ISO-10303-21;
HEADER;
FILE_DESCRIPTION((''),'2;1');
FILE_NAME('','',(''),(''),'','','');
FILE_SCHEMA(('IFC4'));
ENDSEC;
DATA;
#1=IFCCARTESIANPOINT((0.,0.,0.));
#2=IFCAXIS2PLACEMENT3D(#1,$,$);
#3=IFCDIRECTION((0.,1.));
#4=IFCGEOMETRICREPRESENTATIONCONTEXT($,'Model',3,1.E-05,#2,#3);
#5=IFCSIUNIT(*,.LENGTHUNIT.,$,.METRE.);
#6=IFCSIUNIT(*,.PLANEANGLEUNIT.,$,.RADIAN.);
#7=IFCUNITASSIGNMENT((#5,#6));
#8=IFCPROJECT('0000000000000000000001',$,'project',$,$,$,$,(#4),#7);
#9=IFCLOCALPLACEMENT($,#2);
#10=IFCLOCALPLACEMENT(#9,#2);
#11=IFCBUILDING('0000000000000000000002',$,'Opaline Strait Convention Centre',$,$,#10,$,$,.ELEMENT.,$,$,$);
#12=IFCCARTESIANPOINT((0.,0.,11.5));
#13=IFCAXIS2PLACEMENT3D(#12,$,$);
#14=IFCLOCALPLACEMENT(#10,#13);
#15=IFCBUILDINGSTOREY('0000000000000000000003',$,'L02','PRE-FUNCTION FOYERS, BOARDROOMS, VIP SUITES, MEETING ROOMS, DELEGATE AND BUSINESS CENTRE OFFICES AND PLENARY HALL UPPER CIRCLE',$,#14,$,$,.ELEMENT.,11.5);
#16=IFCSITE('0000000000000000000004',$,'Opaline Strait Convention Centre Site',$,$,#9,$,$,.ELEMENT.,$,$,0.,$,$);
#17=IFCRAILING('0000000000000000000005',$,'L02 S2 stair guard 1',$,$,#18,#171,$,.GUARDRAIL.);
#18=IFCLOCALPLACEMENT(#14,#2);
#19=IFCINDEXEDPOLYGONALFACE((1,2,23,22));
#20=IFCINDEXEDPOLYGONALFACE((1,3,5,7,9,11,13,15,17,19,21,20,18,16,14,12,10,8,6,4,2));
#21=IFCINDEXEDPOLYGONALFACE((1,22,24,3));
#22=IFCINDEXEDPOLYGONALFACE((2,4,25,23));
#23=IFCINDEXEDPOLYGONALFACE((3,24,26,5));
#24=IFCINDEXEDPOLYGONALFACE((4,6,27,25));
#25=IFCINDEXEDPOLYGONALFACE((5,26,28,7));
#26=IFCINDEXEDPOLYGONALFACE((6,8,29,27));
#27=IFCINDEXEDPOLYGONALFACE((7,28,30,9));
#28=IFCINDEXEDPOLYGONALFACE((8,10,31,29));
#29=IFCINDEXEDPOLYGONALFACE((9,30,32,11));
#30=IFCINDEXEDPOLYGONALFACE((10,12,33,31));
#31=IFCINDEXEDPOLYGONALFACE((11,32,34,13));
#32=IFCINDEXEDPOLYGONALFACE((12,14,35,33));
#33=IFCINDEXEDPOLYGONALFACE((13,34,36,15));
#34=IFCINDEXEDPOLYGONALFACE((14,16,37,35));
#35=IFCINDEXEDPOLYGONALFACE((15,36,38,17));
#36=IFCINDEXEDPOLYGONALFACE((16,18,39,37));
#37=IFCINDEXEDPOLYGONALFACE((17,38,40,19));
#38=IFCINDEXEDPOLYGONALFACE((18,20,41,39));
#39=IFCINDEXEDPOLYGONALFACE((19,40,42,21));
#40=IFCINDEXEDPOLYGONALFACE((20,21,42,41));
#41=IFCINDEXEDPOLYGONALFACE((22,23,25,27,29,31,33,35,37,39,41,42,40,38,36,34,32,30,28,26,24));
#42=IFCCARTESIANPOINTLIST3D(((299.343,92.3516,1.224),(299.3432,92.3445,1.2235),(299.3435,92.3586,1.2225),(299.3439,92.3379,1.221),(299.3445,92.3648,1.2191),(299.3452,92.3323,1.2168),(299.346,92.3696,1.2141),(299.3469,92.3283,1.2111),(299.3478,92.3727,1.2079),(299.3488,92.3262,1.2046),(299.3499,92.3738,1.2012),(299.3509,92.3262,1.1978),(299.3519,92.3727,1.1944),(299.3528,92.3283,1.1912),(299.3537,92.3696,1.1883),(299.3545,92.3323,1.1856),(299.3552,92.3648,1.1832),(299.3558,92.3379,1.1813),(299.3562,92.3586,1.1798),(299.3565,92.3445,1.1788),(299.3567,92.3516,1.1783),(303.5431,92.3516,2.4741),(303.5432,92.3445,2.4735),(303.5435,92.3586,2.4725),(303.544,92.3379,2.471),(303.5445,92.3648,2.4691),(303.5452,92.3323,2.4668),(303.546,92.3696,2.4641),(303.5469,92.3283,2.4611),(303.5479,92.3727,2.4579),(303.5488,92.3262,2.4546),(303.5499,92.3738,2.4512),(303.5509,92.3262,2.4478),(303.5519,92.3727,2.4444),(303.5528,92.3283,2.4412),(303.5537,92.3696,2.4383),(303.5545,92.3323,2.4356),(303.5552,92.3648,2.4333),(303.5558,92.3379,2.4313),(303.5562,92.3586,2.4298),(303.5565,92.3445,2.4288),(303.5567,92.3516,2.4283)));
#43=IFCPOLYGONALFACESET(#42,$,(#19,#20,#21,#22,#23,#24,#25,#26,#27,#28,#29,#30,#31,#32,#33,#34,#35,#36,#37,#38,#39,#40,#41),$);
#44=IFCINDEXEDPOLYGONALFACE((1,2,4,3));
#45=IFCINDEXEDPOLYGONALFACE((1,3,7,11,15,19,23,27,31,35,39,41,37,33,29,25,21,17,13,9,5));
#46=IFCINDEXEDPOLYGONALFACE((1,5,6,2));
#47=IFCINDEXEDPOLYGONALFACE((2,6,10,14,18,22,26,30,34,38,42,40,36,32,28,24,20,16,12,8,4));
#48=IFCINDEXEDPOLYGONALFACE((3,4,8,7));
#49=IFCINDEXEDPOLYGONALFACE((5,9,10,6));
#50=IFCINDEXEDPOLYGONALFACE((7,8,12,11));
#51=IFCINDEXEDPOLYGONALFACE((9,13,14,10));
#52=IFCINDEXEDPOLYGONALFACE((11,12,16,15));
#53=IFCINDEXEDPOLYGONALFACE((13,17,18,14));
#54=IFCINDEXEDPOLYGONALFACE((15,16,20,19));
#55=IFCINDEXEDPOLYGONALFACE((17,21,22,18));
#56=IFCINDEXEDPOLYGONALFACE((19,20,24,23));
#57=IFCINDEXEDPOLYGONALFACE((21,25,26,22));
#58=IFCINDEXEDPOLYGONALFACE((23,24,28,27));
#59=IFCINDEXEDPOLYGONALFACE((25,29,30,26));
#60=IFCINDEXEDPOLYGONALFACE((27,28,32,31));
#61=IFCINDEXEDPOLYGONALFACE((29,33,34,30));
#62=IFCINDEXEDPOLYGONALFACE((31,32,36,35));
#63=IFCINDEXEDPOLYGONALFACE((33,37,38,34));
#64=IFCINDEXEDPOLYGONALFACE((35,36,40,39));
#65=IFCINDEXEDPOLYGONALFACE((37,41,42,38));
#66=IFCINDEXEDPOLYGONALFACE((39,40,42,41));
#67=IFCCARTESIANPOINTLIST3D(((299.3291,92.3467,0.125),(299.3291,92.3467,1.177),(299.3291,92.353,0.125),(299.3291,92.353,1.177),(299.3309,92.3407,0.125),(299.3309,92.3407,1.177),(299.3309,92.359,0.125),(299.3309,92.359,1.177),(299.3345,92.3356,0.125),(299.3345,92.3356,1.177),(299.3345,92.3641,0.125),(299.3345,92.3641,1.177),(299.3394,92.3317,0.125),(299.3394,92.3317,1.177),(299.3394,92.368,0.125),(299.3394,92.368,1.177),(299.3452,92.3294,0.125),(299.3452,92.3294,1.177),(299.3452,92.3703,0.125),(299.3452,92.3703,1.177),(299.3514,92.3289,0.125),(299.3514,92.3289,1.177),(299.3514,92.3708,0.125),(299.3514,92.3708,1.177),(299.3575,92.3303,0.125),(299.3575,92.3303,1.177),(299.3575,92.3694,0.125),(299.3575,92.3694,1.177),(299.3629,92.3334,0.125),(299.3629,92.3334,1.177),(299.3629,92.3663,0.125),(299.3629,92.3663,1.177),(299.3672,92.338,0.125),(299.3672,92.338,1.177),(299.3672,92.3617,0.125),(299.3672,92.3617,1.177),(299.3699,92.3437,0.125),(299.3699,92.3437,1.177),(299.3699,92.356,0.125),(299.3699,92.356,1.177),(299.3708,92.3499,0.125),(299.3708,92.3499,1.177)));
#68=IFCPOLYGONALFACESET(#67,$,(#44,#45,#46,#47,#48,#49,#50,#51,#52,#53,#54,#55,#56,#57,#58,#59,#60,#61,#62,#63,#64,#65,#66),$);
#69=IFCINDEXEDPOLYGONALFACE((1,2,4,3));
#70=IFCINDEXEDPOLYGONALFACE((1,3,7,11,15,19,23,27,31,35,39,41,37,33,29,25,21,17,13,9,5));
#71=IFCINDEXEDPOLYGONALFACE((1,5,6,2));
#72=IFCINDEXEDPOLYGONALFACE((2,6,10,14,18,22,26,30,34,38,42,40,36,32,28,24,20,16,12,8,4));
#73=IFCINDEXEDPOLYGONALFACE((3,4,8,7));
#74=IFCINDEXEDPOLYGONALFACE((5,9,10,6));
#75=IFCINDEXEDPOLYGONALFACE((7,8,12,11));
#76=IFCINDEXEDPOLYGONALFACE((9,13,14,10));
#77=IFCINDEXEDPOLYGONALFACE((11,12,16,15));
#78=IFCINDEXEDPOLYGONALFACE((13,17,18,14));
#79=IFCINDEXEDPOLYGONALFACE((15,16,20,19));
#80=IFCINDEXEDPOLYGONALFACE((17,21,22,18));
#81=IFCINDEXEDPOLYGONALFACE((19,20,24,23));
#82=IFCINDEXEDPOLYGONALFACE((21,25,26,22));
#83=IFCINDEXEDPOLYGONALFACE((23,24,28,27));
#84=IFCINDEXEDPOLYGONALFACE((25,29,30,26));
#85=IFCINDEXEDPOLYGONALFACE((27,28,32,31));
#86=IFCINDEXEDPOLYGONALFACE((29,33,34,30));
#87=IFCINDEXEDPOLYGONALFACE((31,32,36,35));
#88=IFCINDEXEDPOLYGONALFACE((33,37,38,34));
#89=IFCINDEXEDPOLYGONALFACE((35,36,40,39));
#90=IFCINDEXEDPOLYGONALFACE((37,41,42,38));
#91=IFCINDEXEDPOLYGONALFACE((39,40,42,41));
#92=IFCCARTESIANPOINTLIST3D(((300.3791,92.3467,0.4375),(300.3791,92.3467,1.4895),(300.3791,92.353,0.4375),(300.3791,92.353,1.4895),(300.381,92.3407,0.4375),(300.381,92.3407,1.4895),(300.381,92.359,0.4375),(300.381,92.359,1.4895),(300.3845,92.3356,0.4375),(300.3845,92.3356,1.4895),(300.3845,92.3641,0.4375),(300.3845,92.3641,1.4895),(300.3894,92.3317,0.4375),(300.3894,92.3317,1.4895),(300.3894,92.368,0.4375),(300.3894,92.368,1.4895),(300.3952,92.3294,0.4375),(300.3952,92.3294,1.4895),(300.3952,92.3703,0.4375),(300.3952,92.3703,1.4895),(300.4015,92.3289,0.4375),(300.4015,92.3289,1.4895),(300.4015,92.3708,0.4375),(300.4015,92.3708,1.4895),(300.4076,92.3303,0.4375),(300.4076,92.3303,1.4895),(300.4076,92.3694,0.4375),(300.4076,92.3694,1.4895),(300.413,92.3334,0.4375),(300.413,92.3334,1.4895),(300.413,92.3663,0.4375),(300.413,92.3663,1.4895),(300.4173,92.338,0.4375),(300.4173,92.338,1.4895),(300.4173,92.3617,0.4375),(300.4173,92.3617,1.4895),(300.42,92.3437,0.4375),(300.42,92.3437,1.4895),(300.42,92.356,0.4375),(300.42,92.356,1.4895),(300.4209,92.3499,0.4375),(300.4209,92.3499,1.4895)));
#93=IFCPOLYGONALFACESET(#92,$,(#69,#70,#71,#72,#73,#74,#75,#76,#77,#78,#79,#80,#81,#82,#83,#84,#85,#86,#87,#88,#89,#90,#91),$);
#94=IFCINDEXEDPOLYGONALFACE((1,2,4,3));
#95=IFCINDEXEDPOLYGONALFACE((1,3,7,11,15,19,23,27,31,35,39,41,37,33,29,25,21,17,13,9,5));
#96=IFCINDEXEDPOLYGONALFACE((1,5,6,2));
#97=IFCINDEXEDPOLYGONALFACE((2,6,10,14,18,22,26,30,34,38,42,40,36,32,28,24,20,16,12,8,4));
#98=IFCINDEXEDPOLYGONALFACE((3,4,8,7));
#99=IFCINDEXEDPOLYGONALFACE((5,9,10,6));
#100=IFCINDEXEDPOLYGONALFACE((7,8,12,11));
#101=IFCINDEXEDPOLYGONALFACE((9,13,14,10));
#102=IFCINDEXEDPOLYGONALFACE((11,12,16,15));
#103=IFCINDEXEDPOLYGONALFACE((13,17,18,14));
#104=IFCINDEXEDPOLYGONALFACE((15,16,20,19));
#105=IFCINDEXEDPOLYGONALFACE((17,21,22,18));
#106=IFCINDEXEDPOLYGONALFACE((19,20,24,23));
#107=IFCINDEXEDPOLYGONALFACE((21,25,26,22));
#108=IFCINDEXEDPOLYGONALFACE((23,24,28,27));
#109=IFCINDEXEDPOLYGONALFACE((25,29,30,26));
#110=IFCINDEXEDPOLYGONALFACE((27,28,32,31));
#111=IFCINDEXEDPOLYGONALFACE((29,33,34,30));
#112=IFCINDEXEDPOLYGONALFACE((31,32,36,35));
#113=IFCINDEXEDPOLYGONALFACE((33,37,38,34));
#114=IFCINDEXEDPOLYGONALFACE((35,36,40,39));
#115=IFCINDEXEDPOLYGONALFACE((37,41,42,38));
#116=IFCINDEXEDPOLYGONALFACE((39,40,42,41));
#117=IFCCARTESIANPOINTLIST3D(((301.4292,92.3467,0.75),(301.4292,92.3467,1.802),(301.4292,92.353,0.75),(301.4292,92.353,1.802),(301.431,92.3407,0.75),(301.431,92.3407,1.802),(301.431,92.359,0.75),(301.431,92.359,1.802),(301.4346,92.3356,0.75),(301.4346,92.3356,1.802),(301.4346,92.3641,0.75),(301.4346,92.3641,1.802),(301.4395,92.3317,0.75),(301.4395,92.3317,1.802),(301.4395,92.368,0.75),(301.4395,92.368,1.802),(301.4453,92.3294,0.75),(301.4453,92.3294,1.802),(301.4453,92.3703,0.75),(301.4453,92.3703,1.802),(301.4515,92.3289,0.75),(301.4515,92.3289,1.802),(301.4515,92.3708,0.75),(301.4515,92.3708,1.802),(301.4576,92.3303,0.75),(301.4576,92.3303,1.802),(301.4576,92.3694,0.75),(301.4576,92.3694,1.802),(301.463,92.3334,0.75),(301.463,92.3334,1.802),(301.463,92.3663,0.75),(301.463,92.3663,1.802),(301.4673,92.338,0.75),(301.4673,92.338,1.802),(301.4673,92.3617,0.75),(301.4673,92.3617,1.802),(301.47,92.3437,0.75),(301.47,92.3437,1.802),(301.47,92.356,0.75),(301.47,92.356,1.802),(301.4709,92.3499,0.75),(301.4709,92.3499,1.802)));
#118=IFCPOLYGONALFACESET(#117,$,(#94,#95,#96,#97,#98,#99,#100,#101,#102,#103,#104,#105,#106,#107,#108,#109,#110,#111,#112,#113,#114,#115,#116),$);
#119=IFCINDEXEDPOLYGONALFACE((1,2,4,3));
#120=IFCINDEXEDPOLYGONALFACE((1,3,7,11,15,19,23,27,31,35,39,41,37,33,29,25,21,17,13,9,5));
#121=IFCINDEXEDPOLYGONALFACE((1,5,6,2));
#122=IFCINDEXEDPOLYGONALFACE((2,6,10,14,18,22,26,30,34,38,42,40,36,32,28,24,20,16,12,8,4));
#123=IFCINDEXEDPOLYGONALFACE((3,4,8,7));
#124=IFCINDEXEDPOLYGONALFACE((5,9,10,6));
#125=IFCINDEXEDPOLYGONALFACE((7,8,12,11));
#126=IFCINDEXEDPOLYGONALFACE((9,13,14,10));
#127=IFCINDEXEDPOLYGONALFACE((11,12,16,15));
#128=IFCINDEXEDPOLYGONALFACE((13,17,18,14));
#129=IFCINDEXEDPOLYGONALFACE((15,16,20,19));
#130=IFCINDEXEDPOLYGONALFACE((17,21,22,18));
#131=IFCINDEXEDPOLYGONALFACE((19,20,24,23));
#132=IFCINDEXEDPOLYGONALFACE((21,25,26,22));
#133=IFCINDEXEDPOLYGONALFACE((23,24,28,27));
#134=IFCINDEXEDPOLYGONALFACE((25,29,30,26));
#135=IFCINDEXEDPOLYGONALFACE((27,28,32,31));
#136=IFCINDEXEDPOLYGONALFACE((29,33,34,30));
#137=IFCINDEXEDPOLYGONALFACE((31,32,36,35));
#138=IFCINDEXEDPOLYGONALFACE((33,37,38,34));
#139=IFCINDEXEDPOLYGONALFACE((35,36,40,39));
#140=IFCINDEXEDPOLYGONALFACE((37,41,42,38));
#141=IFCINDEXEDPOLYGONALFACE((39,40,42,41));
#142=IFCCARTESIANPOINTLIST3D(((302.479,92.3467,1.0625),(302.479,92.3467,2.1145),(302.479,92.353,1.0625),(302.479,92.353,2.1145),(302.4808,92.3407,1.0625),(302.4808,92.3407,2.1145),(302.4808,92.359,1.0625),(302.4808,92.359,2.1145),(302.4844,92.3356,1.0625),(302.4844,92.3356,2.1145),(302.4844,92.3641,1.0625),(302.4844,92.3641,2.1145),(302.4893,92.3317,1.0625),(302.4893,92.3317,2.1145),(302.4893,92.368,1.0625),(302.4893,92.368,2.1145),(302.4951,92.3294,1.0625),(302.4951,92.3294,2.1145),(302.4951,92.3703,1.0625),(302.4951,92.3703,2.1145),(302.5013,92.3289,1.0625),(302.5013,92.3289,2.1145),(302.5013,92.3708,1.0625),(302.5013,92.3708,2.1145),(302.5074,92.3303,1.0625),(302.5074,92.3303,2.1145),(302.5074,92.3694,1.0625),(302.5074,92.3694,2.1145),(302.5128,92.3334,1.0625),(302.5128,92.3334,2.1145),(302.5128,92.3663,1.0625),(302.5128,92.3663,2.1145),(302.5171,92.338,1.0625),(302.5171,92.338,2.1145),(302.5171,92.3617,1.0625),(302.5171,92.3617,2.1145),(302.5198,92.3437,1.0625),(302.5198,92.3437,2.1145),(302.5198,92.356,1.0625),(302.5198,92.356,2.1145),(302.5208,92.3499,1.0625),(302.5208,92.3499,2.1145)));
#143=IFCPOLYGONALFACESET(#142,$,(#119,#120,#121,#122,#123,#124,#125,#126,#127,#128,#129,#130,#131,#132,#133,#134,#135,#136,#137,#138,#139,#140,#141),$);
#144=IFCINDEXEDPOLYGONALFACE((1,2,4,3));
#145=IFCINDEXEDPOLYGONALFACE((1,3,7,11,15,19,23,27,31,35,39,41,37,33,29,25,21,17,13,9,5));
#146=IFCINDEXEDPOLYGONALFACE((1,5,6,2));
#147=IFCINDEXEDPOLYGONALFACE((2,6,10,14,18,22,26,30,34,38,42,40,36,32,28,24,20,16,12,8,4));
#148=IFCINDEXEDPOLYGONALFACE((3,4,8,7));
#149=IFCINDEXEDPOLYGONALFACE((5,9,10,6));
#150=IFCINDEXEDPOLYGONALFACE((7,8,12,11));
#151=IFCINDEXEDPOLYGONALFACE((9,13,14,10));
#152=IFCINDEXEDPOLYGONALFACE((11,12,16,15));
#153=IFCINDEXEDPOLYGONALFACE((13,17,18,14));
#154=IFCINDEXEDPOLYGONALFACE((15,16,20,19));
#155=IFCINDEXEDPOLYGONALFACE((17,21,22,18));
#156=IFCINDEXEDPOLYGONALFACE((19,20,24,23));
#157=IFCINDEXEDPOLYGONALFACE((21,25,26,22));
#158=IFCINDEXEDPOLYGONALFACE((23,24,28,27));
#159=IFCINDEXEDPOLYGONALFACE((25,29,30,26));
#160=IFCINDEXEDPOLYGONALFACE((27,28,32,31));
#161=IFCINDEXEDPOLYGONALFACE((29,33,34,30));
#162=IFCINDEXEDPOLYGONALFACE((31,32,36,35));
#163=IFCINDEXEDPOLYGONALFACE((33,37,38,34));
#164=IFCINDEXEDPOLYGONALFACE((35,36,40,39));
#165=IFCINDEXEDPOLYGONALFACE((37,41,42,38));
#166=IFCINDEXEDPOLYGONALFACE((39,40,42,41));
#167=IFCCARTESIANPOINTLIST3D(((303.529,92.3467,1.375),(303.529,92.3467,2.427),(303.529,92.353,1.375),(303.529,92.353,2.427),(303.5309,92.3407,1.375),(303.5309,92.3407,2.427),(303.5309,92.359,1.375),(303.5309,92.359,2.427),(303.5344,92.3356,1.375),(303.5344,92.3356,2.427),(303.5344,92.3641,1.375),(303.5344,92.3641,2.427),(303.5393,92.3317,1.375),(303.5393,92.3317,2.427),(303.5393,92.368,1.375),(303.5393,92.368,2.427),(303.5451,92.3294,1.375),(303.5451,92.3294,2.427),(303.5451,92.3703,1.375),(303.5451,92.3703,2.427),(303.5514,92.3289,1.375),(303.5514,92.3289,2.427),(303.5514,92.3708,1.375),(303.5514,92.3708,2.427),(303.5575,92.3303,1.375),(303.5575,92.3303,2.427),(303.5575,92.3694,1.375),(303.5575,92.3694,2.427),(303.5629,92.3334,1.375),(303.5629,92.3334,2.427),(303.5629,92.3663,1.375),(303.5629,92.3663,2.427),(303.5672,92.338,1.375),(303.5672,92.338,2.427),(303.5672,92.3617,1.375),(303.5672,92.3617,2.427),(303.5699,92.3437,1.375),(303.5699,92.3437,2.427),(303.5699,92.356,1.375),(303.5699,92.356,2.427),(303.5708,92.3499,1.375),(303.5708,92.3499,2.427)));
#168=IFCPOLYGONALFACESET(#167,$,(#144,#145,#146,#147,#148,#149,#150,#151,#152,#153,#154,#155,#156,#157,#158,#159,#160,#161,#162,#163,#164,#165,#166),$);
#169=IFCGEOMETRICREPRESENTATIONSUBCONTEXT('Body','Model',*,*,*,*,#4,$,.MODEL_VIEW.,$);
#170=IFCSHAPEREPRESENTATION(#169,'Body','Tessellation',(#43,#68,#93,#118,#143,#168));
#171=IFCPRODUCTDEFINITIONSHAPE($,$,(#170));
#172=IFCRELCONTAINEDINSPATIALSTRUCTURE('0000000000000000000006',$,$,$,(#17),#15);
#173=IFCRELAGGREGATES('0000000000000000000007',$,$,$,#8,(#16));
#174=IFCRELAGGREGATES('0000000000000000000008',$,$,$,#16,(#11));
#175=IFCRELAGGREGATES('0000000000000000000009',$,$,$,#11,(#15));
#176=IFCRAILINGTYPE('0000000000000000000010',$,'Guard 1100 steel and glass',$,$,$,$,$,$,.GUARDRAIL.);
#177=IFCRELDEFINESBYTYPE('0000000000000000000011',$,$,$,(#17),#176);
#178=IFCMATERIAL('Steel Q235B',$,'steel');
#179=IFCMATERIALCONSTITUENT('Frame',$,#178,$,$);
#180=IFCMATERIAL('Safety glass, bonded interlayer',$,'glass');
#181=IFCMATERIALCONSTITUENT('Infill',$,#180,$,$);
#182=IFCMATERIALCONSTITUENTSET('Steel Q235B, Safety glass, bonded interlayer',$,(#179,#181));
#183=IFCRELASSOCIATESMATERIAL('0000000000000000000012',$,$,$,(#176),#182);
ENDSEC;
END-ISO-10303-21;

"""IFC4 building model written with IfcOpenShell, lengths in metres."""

from ifc_helpers import new_model, si_unit, direction, frame, origin, origin_2d, place, context, subcontext, project, spatial, circle, extrude, material, constituent, constituent_set, type_object, element, save


model = new_model("IFC4")

# Units and contexts
model_context = context("Model", 3, precision=1e-05, world=origin(), true_north=direction((0.0, 1.0)))
body_context = subcontext(model_context, "Body", "Model", "MODEL_VIEW")
ifc_project = project(units=[si_unit("LENGTHUNIT", "METRE"), si_unit("PLANEANGLEUNIT", "RADIAN")], contexts=[model_context])

# Site, building, storey
site_placement = place(None, origin())
site = spatial("IfcSite", under=ifc_project, at=site_placement, Name="Opaline Strait Convention Centre Site", CompositionType="ELEMENT", RefElevation=0.0)
building_placement = place(site_placement, origin())
building = spatial("IfcBuilding", under=site, at=building_placement, Name="Opaline Strait Convention Centre", CompositionType="ELEMENT")
storey_placement = place(building_placement, frame((0.0, 0.0, 11.5)))
storey = spatial("IfcBuildingStorey", under=building, at=storey_placement, Name="L02", Description="PRE-FUNCTION FOYERS, BOARDROOMS, VIP SUITES, MEETING ROOMS, DELEGATE AND BUSINESS CENTRE OFFICES AND PLENARY HALL UPPER CIRCLE", CompositionType="ELEMENT", Elevation=11.5)

# Shared definitions
ifc_material_1 = material(Name="Steel Q235B", Category="steel")

# Railing
ifc_constituent_1 = constituent(ifc_material_1, Name="Frame")
ifc_material_2 = material(Name="Safety glass, bonded interlayer", Category="glass")
ifc_constituent_2 = constituent(ifc_material_2, Name="Infill")
ifc_constituent_set = constituent_set(constituents=[ifc_constituent_1, ifc_constituent_2], Name="Steel Q235B, Safety glass, bonded interlayer")
railing_type_1 = type_object("IfcRailingType", Name="Guard 1100 steel and glass", PredefinedType="GUARDRAIL", material=ifc_constituent_set)
for number, where, name in (
    (1, (299.3499, 92.3499, 0.125), "L02 S2 stair guard 1"),
):
    element("IfcRailing", number, at=place(storey_placement, frame(where)), inside=storey, type_object=railing_type_1, Name=name, PredefinedType="GUARDRAIL", context=body_context, shape_type="SweptSolid", body=[
        extrude(circle(Radius=0.0239, at=origin_2d()), frame((0.0, 0.0, 1.0762), z_axis=(0.958451, 0.0, 0.285257), x_axis=(0.0, 1.0, 0.0)), (0.0, 0.0, 1.0), 4.3821),
        extrude(circle(Radius=0.021, at=origin_2d()), origin(), (0.0, 0.0, 1.0), 1.052),
        extrude(circle(Radius=0.021, at=origin_2d()), frame((1.05, 0.0, 0.3125)), (0.0, 0.0, 1.0), 1.052),
        extrude(circle(Radius=0.021, at=origin_2d()), frame((2.1001, 0.0, 0.625)), (0.0, 0.0, 1.0), 1.052),
        extrude(circle(Radius=0.021, at=origin_2d()), frame((3.1499, 0.0, 0.9375)), (0.0, 0.0, 1.0), 1.052),
        extrude(circle(Radius=0.021, at=origin_2d()), frame((4.2, 0.0, 1.25)), (0.0, 0.0, 1.0), 1.052),
    ])

save(model, "model.ifc")
